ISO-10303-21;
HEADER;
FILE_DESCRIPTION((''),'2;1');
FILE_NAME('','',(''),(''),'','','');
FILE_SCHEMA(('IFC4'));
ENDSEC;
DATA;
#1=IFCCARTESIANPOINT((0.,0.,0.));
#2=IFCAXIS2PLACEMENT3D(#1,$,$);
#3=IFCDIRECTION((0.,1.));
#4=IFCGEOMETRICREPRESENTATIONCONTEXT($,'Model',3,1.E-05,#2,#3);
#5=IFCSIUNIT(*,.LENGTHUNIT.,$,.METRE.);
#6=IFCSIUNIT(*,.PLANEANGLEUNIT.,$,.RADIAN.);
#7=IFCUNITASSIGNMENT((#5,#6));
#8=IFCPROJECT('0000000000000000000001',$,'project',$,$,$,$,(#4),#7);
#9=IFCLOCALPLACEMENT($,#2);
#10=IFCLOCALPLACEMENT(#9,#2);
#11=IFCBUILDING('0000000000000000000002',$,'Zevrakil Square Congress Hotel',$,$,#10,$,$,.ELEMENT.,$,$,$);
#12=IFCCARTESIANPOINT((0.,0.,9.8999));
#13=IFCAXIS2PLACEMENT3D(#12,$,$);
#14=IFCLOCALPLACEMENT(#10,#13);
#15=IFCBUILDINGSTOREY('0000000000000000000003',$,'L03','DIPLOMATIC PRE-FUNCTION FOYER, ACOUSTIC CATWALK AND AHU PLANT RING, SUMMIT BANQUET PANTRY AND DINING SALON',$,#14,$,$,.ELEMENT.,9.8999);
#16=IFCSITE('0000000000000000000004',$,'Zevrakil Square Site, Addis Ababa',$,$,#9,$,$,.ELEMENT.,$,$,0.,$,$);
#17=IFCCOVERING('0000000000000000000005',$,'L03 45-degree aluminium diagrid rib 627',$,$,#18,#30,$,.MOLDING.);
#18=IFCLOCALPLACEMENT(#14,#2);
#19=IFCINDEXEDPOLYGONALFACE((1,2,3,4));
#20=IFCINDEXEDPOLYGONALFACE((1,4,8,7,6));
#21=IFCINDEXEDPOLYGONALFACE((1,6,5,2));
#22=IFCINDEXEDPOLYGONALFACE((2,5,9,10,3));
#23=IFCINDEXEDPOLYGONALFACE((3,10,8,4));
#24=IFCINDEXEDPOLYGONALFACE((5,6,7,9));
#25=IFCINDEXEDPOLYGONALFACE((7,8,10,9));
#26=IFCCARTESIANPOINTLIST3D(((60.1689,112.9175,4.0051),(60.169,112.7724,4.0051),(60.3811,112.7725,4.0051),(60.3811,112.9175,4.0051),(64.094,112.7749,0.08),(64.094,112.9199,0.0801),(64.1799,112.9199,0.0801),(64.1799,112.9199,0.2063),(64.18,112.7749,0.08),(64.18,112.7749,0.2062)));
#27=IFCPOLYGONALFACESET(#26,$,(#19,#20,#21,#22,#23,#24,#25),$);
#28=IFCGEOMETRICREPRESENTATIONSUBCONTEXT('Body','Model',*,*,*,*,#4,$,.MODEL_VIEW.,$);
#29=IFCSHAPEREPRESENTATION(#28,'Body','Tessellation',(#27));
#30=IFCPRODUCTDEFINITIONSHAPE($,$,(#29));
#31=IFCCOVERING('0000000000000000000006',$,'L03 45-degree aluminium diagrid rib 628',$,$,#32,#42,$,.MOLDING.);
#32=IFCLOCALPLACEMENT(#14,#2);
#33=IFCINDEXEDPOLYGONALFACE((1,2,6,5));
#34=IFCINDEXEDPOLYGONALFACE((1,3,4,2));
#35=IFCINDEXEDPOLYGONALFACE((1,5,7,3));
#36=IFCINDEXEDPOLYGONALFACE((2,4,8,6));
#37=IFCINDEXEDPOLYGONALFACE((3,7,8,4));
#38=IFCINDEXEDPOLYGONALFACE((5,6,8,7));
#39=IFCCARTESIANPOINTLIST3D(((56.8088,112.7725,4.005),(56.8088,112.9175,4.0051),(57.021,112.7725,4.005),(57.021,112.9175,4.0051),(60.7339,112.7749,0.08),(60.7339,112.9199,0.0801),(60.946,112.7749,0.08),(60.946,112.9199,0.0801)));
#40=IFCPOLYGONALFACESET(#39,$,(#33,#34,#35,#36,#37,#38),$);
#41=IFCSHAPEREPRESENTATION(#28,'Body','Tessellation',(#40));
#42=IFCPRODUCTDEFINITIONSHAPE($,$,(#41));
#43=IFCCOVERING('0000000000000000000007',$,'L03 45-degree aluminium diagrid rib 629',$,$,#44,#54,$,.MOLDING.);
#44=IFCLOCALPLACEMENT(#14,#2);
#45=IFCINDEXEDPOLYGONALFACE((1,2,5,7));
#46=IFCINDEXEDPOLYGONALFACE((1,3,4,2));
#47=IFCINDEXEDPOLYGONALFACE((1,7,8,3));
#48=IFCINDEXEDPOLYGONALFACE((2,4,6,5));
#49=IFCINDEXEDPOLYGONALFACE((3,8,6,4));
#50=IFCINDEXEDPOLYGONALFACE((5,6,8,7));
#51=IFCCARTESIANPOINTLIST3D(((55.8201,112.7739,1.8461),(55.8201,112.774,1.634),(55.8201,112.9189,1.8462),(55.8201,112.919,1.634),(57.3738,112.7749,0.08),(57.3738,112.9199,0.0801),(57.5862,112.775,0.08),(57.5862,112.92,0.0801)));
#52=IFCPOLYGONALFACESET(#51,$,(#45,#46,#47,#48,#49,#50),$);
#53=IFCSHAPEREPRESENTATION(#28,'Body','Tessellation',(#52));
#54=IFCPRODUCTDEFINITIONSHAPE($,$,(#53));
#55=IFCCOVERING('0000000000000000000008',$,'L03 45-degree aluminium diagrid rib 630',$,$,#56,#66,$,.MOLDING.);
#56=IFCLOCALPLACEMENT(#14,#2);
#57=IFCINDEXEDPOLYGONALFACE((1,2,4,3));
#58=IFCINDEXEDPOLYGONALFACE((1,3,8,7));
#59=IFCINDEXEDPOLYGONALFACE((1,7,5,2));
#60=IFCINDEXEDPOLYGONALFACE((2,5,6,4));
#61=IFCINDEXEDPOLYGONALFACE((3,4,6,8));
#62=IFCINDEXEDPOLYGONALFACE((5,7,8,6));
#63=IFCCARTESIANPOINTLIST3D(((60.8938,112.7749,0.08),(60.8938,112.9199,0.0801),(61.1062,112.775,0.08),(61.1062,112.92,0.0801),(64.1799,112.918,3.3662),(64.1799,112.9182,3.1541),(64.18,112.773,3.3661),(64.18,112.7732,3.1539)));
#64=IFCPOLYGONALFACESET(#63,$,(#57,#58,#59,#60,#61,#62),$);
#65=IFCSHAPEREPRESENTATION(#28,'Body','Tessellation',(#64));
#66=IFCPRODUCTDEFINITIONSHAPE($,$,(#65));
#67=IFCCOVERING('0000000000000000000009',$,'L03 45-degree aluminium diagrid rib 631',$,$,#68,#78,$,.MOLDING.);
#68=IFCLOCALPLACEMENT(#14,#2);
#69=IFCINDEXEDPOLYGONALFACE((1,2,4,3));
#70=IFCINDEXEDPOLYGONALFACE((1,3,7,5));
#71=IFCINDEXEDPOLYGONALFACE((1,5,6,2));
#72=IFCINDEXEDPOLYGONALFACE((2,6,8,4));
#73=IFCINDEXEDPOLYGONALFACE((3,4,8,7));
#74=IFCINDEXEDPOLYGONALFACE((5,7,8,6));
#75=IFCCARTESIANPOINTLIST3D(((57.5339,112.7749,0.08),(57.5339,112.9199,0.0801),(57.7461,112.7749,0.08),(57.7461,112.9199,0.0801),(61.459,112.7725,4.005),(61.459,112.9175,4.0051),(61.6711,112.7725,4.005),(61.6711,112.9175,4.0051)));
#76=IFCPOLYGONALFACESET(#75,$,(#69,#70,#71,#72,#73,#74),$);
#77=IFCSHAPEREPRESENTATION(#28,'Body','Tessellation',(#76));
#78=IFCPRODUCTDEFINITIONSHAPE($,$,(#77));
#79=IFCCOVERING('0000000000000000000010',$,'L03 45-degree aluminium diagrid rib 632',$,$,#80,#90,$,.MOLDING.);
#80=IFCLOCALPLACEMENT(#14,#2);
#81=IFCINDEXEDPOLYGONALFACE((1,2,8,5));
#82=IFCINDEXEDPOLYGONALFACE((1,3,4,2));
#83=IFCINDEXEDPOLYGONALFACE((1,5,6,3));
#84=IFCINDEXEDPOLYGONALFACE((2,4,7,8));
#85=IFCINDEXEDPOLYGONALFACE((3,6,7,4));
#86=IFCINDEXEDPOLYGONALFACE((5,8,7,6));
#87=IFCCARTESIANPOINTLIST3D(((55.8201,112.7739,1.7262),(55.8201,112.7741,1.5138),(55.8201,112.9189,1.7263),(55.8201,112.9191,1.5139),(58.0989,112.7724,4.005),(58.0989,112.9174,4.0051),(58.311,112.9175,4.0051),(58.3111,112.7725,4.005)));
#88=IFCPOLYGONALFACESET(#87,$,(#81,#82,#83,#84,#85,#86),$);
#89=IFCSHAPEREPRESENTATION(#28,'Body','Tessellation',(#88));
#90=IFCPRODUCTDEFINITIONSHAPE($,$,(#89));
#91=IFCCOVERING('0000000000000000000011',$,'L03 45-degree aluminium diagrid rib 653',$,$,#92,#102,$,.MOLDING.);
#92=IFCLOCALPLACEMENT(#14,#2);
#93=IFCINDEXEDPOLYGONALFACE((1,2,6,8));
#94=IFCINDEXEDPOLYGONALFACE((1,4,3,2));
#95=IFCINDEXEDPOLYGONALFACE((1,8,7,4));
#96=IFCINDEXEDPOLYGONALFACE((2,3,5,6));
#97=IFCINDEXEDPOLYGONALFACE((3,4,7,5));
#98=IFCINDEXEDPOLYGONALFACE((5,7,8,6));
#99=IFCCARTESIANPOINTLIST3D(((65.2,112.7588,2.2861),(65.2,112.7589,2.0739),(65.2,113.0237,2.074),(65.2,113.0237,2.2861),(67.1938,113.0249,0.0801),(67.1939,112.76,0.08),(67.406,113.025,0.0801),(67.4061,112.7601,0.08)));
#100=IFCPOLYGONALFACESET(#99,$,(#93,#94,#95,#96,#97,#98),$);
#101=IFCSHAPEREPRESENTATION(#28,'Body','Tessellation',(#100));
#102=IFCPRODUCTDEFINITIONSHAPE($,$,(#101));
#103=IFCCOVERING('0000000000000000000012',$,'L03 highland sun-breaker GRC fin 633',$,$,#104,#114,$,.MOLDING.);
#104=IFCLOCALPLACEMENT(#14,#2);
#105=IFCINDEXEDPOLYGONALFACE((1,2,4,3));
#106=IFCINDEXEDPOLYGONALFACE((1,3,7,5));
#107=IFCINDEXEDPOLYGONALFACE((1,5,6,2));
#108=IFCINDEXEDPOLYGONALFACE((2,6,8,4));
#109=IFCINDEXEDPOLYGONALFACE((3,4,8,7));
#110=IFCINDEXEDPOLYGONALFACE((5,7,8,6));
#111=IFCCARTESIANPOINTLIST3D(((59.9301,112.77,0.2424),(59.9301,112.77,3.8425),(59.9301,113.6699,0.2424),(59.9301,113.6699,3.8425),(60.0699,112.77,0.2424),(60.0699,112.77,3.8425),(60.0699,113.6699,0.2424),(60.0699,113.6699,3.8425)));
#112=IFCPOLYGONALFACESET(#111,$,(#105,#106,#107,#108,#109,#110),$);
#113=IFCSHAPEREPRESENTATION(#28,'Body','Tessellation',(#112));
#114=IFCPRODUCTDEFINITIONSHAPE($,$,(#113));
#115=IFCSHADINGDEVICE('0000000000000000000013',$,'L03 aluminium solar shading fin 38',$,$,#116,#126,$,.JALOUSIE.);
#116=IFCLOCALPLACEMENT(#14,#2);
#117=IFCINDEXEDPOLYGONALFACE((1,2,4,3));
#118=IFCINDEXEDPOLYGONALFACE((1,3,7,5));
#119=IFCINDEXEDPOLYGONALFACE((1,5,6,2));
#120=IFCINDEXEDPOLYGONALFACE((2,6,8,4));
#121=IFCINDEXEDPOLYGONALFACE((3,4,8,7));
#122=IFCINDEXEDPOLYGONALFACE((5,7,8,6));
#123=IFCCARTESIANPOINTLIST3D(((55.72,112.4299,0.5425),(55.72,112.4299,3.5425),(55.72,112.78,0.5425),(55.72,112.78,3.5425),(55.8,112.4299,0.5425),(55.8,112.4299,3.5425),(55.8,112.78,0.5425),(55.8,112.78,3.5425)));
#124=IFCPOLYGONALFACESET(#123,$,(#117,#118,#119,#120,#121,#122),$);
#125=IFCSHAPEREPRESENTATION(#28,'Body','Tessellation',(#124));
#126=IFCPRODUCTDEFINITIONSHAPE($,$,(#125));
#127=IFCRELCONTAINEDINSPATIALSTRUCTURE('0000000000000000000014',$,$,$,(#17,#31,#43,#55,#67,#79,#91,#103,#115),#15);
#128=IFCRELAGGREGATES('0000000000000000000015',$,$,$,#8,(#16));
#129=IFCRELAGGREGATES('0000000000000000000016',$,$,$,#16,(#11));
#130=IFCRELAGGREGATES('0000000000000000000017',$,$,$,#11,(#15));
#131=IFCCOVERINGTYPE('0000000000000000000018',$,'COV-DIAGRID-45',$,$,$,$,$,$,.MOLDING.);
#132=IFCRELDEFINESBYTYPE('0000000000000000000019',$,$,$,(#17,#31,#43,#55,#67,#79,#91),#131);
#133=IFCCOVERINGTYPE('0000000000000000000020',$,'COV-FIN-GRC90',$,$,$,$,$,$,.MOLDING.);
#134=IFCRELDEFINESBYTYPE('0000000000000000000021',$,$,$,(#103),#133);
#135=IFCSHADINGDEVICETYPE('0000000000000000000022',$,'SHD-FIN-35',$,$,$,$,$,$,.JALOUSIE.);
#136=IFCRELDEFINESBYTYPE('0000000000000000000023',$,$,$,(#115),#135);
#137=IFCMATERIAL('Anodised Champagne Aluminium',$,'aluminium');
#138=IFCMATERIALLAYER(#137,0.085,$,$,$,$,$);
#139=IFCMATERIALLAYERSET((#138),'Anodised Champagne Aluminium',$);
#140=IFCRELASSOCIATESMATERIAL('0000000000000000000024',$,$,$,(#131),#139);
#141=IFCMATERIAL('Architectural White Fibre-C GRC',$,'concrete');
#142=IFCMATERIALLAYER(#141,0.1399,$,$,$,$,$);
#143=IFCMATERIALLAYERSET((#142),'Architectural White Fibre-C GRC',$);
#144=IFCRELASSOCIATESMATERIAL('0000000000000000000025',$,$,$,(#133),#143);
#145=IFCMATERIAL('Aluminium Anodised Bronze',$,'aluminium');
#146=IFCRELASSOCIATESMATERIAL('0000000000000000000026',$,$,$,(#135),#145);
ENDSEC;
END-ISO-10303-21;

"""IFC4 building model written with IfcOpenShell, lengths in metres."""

from ifc_helpers import new_model, si_unit, direction, frame, origin, origin_2d, place, context, subcontext, project, spatial, polyline, rectangle, outline, extrude, material, layer, layer_set, type_object, element, save


model = new_model("IFC4")

# Units and contexts
model_context = context("Model", 3, precision=1e-05, world=origin(), true_north=direction((0.0, 1.0)))
body_context = subcontext(model_context, "Body", "Model", "MODEL_VIEW")
ifc_project = project(units=[si_unit("LENGTHUNIT", "METRE"), si_unit("PLANEANGLEUNIT", "RADIAN")], contexts=[model_context])

# Site, building, storey
site_placement = place(None, origin())
site = spatial("IfcSite", under=ifc_project, at=site_placement, Name="Zevrakil Square Site, Addis Ababa", CompositionType="ELEMENT", RefElevation=0.0)
building_placement = place(site_placement, origin())
building = spatial("IfcBuilding", under=site, at=building_placement, Name="Zevrakil Square Congress Hotel", CompositionType="ELEMENT")
storey_placement = place(building_placement, frame((0.0, 0.0, 9.8999)))
storey = spatial("IfcBuildingStorey", under=building, at=storey_placement, Name="L03", Description="DIPLOMATIC PRE-FUNCTION FOYER, ACOUSTIC CATWALK AND AHU PLANT RING, SUMMIT BANQUET PANTRY AND DINING SALON", CompositionType="ELEMENT", Elevation=9.8999)

# Coverings
ifc_material_1 = material(Name="Anodised Champagne Aluminium", Category="aluminium")
ifc_layer_1 = layer(ifc_material_1, 0.085)
ifc_layer_set_1 = layer_set([ifc_layer_1], Name="Anodised Champagne Aluminium")
covering_type_1 = type_object("IfcCoveringType", Name="COV-DIAGRID-45", PredefinedType="MOLDING", material=ifc_layer_set_1)
covering_1_placement = place(storey_placement, frame((64.094, 112.9199, 0.0801), z_axis=(-0.000187, 1.0, 0.000441), x_axis=(1.0, 0.000187, 0.0)))
element("IfcCovering", 1, at=covering_1_placement, inside=storey, type_object=covering_type_1, Name="L03 45-degree aluminium diagrid rib 627", PredefinedType="MOLDING", context=body_context, shape_type="SweptSolid", body=[
    extrude(outline(polyline([(0.0, 0.0), (0.0859, 0.0), (0.0859, -0.1262), (-3.7129, -3.925), (-3.925, -3.925), (0.0, 0.0)])), origin(), (0.0, 0.0, -1.0), 0.145),
])
covering_2_placement = place(storey_placement, frame((60.7339, 112.9199, 0.0801), z_axis=(0.0, 1.0, 0.000622), x_axis=(1.0, 0.0, 0.0)))
element("IfcCovering", 2, at=covering_2_placement, inside=storey, type_object=covering_type_1, Name="L03 45-degree aluminium diagrid rib 628", PredefinedType="MOLDING", context=body_context, shape_type="SweptSolid", body=[
    extrude(outline(polyline([(0.0, 0.0), (0.2122, 0.0), (-3.7129, -3.925), (-3.925, -3.925), (0.0, 0.0)])), origin(), (0.0, 0.0, -1.0), 0.145),
])
covering_3_placement = place(storey_placement, frame((57.3738, 112.9199, 0.0801), z_axis=(-0.000294, 1.0, 0.000294), x_axis=(1.0, 0.000294, 0.0)))
element("IfcCovering", 3, at=covering_3_placement, inside=storey, type_object=covering_type_1, Name="L03 45-degree aluminium diagrid rib 629", PredefinedType="MOLDING", context=body_context, shape_type="SweptSolid", body=[
    extrude(outline(polyline([(0.0, 0.0), (0.2124, 0.0), (-1.5537, -1.7661), (-1.5537, -1.554), (0.0, 0.0)])), origin(), (0.0, 0.0, -1.0), 0.145),
])
covering_4_placement = place(storey_placement, frame((64.1799, 112.9182, 3.1541), z_axis=(-0.000287, 1.0, 0.000863), x_axis=(0.0, -0.000863, 1.0)))
element("IfcCovering", 4, at=covering_4_placement, inside=storey, type_object=covering_type_1, Name="L03 45-degree aluminium diagrid rib 630", PredefinedType="MOLDING", context=body_context, shape_type="SweptSolid", body=[
    extrude(outline(polyline([(0.0, 0.0), (0.2122, 0.0), (-3.074, -3.2861), (-3.074, -3.0737), (0.0, 0.0)])), origin(), (0.0, 0.0, -1.0), 0.145),
])
covering_5_placement = place(storey_placement, frame((61.6711, 112.9175, 4.0051), z_axis=(0.0, 1.0, 0.000622), x_axis=(-1.0, 0.0, 0.0)))
element("IfcCovering", 5, at=covering_5_placement, inside=storey, type_object=covering_type_1, Name="L03 45-degree aluminium diagrid rib 631", PredefinedType="MOLDING", context=body_context, shape_type="SweptSolid", body=[
    extrude(outline(polyline([(0.0, 0.0), (0.2122, 0.0), (4.1372, -3.925), (3.925, -3.925), (0.0, 0.0)])), origin(), (0.0, 0.0, -1.0), 0.145),
])
covering_6_placement = place(storey_placement, frame((58.311, 112.9175, 4.0051), z_axis=(-0.000242, 1.0, 0.000908), x_axis=(-1.0, -0.000242, 0.0)))
element("IfcCovering", 6, at=covering_6_placement, inside=storey, type_object=covering_type_1, Name="L03 45-degree aluminium diagrid rib 632", PredefinedType="MOLDING", context=body_context, shape_type="SweptSolid", body=[
    extrude(outline(polyline([(0.0, 0.0), (0.2122, 0.0), (2.491, -2.2788), (2.491, -2.4912), (0.0, 0.0)])), origin(), (0.0, 0.0, -1.0), 0.145),
])
covering_7_placement = place(storey_placement, frame((67.1938, 113.0249, 0.0801), z_axis=(-0.000291, 1.0, 0.000291), x_axis=(1.0, 0.000291, 0.0)))
element("IfcCovering", 7, at=covering_7_placement, inside=storey, type_object=covering_type_1, Name="L03 45-degree aluminium diagrid rib 653", PredefinedType="MOLDING", context=body_context, shape_type="SweptSolid", body=[
    extrude(outline(polyline([(0.0, 0.0), (0.2122, 0.0), (-1.9939, -2.2061), (-1.9939, -1.9939), (0.0, 0.0)])), origin(), (0.0, 0.0, -1.0), 0.2649),
])
ifc_material_2 = material(Name="Architectural White Fibre-C GRC", Category="concrete")
ifc_layer_2 = layer(ifc_material_2, 0.1399)
ifc_layer_set_2 = layer_set([ifc_layer_2], Name="Architectural White Fibre-C GRC")
covering_type_2 = type_object("IfcCoveringType", Name="COV-FIN-GRC90", PredefinedType="MOLDING", material=ifc_layer_set_2)
covering_8_placement = place(storey_placement, frame((60.0, 113.22, 0.2424), z_axis=(0.0, 0.0, 1.0), x_axis=(0.0, 1.0, 0.0)))
element("IfcCovering", 8, at=covering_8_placement, inside=storey, type_object=covering_type_2, Name="L03 highland sun-breaker GRC fin 633", PredefinedType="MOLDING", context=body_context, shape_type="SweptSolid", body=[
    extrude(rectangle(XDim=0.8999, YDim=0.1399, at=origin_2d()), origin(), (0.0, 0.0, 1.0), 3.6001),
])

# Shading device
ifc_material_3 = material(Name="Aluminium Anodised Bronze", Category="aluminium")
shading_device_type = type_object("IfcShadingDeviceType", Name="SHD-FIN-35", PredefinedType="JALOUSIE", material=ifc_material_3)
shading_device_placement = place(storey_placement, frame((55.76, 112.605, 0.5425), z_axis=(0.0, 0.0, 1.0), x_axis=(0.0, -1.0, 0.0)))
element("IfcShadingDevice", 9, at=shading_device_placement, inside=storey, type_object=shading_device_type, Name="L03 aluminium solar shading fin 38", PredefinedType="JALOUSIE", context=body_context, shape_type="SweptSolid", body=[
    extrude(rectangle(XDim=0.3501, YDim=0.0801, at=origin_2d()), origin(), (0.0, 0.0, 1.0), 3.0),
])

save(model, "model.ifc")
